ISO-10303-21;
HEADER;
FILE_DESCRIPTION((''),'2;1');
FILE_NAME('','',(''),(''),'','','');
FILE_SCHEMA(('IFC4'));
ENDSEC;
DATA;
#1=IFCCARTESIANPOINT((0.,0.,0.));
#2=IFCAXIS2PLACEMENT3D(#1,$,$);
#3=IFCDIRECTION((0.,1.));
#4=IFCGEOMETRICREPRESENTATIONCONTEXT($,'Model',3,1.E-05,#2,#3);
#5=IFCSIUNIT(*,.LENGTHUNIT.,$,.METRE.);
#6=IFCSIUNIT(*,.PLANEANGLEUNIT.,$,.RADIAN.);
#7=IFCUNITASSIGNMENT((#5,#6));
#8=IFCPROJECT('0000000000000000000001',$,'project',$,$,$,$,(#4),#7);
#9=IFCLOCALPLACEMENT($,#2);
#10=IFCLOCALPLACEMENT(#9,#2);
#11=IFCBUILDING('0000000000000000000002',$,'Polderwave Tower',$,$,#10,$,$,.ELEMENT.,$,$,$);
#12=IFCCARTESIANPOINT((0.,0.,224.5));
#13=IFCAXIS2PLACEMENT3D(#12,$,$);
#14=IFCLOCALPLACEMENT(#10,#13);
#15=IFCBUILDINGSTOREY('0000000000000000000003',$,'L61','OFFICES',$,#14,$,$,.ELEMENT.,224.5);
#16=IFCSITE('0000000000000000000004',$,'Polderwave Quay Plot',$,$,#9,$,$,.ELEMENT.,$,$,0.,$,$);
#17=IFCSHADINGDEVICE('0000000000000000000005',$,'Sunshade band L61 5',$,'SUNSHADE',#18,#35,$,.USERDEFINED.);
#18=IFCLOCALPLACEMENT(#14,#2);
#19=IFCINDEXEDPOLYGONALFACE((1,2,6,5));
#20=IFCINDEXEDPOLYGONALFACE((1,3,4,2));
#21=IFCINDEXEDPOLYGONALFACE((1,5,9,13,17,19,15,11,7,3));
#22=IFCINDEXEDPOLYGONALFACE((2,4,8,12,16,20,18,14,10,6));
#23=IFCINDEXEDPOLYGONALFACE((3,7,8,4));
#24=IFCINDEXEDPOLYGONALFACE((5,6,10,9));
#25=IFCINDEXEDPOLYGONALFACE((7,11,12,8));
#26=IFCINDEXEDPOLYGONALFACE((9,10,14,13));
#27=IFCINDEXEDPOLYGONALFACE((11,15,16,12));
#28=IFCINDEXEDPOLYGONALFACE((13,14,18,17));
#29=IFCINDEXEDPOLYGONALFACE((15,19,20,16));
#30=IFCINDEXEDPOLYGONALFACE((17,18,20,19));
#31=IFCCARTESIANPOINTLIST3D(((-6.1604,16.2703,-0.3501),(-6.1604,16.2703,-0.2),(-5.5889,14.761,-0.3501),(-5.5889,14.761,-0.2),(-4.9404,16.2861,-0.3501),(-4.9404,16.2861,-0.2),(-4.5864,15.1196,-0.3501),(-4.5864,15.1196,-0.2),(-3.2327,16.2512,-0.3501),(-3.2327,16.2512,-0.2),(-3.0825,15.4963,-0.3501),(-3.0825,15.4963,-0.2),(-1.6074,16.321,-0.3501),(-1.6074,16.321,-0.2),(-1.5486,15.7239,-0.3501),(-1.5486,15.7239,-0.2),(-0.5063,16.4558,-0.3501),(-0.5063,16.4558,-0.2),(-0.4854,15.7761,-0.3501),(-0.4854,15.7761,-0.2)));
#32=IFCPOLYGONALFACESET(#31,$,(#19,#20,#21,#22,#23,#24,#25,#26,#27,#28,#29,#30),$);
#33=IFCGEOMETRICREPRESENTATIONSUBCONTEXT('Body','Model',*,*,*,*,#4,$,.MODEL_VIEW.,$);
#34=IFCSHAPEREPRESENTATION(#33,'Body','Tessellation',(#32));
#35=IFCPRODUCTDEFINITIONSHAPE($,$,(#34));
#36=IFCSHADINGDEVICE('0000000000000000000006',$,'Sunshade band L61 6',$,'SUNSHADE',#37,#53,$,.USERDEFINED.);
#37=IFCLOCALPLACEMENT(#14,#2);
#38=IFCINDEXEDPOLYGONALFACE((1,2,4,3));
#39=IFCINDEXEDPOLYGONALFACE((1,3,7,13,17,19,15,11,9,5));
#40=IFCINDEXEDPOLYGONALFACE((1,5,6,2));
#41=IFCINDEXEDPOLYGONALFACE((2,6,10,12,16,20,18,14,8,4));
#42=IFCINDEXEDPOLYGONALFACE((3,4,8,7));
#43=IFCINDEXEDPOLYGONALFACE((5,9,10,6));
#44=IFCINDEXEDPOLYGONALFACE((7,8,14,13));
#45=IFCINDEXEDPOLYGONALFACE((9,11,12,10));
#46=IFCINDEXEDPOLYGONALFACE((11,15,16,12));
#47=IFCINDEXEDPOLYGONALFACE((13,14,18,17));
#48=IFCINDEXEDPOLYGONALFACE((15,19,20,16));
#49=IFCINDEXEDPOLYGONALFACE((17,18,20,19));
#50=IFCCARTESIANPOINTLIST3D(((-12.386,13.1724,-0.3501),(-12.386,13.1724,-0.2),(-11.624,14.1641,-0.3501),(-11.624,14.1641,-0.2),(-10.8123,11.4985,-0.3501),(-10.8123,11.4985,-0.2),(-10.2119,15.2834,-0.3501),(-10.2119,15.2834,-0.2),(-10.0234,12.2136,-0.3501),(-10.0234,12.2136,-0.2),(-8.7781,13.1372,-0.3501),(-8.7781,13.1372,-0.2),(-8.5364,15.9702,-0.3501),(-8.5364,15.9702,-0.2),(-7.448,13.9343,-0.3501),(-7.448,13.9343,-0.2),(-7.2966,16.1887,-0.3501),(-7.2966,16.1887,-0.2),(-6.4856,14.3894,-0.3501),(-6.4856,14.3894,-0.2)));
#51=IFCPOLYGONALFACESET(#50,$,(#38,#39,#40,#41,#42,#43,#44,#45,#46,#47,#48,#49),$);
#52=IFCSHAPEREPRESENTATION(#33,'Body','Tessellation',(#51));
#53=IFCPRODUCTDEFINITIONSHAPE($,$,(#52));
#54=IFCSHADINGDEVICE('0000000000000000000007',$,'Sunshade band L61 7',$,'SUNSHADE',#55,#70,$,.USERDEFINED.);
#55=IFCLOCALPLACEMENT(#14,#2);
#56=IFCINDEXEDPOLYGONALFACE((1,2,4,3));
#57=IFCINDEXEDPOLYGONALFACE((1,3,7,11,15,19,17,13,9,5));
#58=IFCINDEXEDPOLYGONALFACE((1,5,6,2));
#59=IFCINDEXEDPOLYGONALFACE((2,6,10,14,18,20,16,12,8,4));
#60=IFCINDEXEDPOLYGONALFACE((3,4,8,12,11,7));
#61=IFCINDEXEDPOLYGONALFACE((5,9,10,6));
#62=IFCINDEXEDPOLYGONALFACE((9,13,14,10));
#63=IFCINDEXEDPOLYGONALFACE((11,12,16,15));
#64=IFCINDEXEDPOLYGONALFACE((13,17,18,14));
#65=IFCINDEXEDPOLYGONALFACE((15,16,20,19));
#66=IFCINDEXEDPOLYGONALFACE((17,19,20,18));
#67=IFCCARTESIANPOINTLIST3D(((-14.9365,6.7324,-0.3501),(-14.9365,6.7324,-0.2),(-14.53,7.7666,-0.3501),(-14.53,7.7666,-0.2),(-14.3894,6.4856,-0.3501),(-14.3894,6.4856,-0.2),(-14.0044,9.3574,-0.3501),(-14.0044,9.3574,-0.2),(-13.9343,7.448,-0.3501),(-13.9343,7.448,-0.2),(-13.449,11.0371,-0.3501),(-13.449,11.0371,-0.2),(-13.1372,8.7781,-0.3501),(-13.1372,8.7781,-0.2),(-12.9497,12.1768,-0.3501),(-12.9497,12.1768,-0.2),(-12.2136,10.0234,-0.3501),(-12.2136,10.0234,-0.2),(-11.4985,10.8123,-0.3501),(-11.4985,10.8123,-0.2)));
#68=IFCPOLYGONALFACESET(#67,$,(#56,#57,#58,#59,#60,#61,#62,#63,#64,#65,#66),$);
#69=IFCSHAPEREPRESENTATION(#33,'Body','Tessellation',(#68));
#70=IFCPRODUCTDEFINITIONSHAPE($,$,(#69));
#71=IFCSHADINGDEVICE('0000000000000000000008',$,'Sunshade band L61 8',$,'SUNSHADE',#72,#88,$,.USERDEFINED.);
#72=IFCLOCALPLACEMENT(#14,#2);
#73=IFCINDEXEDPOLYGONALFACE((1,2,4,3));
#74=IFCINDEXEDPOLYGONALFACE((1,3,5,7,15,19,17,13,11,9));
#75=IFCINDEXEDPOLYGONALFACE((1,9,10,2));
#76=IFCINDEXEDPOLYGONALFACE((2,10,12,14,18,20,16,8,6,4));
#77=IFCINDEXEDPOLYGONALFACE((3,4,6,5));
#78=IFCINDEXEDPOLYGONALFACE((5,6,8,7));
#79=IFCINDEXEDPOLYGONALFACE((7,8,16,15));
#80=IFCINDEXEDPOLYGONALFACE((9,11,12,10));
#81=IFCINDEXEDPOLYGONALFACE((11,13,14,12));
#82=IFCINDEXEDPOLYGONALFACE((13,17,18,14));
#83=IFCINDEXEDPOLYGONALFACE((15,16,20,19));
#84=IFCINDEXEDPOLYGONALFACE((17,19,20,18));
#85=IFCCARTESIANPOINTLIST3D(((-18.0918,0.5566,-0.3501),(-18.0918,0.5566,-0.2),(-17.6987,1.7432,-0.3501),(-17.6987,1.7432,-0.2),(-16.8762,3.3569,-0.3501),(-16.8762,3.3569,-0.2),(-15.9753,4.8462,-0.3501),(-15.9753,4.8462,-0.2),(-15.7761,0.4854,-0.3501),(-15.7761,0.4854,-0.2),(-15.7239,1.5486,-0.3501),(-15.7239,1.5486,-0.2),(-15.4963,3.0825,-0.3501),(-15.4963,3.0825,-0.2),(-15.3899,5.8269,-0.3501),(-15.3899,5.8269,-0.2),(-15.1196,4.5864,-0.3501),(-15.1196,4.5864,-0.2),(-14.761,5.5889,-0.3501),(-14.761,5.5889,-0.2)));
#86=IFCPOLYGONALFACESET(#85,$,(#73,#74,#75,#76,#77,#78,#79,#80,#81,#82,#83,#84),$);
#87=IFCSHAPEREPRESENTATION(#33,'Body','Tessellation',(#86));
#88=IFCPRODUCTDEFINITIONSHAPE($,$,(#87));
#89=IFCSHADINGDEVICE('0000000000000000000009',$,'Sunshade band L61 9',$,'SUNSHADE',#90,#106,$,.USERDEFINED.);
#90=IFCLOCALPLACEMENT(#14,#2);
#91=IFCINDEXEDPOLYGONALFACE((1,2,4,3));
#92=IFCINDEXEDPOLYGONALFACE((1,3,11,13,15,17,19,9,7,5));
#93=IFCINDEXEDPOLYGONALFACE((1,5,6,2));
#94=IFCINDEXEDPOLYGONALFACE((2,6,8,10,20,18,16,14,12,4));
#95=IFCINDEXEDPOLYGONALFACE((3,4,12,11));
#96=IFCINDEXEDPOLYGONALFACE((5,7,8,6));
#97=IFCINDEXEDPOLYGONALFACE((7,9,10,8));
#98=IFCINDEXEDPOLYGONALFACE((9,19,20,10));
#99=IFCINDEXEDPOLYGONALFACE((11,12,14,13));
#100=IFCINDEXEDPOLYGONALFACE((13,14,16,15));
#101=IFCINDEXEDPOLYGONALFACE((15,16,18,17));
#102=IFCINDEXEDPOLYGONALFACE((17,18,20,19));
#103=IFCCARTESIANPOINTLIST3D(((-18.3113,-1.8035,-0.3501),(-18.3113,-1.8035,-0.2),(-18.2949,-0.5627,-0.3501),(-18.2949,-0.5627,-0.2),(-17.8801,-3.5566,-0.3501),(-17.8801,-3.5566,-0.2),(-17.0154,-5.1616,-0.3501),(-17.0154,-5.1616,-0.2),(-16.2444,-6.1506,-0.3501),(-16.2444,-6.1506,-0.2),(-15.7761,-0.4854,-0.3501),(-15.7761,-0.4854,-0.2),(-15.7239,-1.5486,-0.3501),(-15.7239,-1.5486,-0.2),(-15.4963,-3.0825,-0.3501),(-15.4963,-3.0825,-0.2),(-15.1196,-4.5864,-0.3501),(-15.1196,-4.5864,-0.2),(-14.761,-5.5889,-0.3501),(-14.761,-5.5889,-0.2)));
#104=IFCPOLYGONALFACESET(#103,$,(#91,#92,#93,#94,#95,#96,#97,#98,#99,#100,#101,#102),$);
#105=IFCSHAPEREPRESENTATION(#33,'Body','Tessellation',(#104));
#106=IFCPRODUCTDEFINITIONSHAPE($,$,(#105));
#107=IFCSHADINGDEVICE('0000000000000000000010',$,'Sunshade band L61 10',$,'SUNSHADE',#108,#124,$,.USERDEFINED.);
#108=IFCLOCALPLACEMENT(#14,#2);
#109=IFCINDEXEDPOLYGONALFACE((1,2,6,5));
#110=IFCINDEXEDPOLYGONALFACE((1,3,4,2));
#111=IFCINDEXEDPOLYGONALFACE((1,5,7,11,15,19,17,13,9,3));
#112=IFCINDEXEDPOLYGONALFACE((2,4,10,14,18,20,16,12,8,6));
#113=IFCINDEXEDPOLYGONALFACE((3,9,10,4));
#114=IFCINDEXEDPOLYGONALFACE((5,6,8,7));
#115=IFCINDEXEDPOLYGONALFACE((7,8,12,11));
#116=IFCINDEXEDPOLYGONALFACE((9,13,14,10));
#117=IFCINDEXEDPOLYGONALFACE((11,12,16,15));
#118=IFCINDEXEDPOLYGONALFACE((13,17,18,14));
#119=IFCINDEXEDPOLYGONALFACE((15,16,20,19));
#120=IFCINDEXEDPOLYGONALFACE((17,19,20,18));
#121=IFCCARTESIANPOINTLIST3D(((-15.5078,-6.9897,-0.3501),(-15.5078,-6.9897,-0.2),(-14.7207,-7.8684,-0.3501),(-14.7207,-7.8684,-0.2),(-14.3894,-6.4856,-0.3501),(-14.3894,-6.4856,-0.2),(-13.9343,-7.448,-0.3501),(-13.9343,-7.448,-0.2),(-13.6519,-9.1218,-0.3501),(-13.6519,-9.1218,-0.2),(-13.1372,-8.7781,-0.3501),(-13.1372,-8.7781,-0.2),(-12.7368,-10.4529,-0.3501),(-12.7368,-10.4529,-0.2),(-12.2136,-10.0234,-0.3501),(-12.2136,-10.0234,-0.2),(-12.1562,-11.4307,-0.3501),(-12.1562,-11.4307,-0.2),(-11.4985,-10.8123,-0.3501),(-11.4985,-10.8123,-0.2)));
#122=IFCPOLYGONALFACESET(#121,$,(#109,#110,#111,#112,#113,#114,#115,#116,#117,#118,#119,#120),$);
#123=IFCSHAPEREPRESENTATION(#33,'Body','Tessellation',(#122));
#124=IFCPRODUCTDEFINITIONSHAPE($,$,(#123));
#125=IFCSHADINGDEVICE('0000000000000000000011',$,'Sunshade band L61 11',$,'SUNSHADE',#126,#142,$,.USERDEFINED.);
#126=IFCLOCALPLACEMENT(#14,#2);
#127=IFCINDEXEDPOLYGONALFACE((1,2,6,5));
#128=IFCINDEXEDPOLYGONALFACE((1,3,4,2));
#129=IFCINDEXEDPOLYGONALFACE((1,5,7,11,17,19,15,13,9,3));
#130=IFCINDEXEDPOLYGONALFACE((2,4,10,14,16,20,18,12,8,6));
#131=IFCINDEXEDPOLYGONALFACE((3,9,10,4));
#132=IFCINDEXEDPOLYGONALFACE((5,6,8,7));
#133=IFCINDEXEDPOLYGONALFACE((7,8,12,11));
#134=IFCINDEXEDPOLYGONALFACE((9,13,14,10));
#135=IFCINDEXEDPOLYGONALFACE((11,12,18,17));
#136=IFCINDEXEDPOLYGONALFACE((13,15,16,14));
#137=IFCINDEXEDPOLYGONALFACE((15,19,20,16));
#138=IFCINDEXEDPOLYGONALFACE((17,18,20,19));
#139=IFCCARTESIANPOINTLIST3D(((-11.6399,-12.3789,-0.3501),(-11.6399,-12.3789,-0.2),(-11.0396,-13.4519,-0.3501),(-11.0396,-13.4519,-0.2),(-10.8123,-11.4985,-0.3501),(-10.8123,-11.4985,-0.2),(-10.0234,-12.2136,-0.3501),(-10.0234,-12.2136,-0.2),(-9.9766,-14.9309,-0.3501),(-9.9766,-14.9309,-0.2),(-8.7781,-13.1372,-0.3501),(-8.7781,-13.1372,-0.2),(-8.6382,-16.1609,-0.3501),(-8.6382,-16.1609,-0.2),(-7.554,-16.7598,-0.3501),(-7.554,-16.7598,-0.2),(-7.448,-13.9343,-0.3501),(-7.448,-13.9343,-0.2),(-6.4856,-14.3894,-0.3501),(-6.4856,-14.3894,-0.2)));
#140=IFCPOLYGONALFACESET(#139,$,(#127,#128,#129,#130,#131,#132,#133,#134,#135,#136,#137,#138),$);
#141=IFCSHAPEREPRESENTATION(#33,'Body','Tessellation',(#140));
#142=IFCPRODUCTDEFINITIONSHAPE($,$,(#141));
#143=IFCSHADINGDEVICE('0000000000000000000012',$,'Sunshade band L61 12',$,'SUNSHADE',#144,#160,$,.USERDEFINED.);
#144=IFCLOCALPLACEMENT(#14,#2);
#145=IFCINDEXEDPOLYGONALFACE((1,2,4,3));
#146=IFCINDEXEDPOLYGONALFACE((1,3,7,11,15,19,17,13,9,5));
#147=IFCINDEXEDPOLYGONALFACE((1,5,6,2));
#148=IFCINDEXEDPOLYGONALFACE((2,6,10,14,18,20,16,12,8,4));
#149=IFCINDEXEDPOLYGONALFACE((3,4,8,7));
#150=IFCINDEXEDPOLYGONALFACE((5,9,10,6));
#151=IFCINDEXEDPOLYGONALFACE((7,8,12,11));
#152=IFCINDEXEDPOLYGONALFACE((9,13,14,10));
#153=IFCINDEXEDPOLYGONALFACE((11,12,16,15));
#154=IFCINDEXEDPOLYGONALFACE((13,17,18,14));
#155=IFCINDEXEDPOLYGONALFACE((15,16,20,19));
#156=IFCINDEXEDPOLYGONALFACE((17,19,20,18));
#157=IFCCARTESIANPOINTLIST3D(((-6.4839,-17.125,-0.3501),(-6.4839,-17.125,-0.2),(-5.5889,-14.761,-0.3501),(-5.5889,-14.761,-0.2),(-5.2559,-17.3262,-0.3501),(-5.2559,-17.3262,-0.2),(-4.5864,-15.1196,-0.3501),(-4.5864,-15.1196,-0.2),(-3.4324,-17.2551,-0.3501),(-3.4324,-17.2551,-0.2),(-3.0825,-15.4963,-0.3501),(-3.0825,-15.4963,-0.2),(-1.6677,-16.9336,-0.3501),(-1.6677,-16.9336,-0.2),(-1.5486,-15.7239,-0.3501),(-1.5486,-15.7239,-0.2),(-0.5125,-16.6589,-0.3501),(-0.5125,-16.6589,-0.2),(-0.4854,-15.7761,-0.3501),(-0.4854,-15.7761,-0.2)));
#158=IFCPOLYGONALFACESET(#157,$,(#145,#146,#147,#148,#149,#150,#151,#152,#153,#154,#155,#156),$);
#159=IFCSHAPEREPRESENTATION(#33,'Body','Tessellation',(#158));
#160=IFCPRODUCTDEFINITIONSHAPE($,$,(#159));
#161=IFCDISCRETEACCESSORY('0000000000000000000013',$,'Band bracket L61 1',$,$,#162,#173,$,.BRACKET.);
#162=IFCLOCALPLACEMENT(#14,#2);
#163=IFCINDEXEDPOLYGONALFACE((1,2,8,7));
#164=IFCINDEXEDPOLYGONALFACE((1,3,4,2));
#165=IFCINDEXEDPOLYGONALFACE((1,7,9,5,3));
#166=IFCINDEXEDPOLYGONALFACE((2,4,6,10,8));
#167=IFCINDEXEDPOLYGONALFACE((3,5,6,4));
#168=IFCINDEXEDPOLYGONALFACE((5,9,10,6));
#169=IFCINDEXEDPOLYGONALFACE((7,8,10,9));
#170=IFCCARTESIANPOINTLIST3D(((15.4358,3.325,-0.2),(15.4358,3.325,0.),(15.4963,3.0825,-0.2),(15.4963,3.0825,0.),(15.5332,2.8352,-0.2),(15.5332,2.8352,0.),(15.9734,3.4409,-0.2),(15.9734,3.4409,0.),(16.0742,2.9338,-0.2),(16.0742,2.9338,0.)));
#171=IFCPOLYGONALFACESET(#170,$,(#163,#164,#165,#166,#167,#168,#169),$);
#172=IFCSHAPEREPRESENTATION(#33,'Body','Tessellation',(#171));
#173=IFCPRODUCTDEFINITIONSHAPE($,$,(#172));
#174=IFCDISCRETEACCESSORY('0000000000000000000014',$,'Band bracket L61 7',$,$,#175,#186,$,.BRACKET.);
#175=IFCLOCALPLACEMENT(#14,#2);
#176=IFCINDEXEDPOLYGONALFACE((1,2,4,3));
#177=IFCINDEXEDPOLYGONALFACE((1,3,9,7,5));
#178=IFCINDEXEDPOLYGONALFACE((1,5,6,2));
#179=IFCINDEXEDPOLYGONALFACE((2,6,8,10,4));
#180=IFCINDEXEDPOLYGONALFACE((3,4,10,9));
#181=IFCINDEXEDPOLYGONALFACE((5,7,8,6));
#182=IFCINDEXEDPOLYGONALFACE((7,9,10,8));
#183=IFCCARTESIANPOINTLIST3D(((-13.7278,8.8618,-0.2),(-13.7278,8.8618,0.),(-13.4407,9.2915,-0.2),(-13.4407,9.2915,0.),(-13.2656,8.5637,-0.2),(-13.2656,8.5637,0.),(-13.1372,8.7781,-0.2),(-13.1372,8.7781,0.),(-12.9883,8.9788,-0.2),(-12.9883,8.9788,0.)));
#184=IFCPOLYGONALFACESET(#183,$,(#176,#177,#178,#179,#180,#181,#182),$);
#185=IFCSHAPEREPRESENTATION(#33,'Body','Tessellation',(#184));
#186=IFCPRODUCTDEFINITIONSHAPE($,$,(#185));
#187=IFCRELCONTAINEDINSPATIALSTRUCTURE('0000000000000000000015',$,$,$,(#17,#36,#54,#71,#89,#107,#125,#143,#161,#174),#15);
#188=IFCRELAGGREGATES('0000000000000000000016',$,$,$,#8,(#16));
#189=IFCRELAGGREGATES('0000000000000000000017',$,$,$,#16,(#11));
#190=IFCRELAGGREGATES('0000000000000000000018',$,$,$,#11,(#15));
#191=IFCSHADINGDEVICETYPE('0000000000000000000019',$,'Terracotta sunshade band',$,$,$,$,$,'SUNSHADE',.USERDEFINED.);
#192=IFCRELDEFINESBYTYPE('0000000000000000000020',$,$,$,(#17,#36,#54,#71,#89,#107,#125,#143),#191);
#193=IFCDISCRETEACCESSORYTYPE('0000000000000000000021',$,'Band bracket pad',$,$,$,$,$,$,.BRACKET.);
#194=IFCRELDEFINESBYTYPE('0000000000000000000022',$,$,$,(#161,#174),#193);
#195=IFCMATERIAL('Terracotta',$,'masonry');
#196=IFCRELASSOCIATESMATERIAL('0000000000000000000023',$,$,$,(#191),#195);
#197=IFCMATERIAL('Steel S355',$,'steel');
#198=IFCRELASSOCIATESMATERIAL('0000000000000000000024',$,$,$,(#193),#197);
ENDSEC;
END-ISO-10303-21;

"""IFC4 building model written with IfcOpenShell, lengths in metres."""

from ifc_helpers import new_model, si_unit, direction, frame, origin, place, context, subcontext, project, spatial, polyline, outline, extrude, material, type_object, element, save


model = new_model("IFC4")

# Units and contexts
model_context = context("Model", 3, precision=1e-05, world=origin(), true_north=direction((0.0, 1.0)))
body_context = subcontext(model_context, "Body", "Model", "MODEL_VIEW")
ifc_project = project(units=[si_unit("LENGTHUNIT", "METRE"), si_unit("PLANEANGLEUNIT", "RADIAN")], contexts=[model_context])

# Site, building, storey
site_placement = place(None, origin())
site = spatial("IfcSite", under=ifc_project, at=site_placement, Name="Polderwave Quay Plot", CompositionType="ELEMENT", RefElevation=0.0)
building_placement = place(site_placement, origin())
building = spatial("IfcBuilding", under=site, at=building_placement, Name="Polderwave Tower", CompositionType="ELEMENT")
storey_placement = place(building_placement, frame((0.0, 0.0, 224.5)))
storey = spatial("IfcBuildingStorey", under=building, at=storey_placement, Name="L61", Description="OFFICES", CompositionType="ELEMENT", Elevation=224.5)

# Shading devices
ifc_material_1 = material(Name="Terracotta", Category="masonry")
shading_device_type = type_object("IfcShadingDeviceType", Name="Terracotta sunshade band", ElementType="SUNSHADE", PredefinedType="USERDEFINED", material=ifc_material_1)
shading_device_1_placement = place(storey_placement, frame((0.0, 0.0, -0.3501)))
element("IfcShadingDevice", 1, at=shading_device_1_placement, inside=storey, type_object=shading_device_type, Name="Sunshade band L61 5", ObjectType="SUNSHADE", PredefinedType="USERDEFINED", context=body_context, shape_type="SweptSolid", body=[
    extrude(outline(polyline([(-0.4854, 15.7761), (-1.5486, 15.7239), (-3.0825, 15.4963), (-4.5864, 15.1196), (-5.5889, 14.761), (-6.1604, 16.2703), (-4.9404, 16.2861), (-3.2327, 16.2512), (-1.6074, 16.321), (-0.5063, 16.4558), (-0.4854, 15.7761)])), origin(), (0.0, 0.0, 1.0), 0.1501),
])
shading_device_2_placement = place(storey_placement, frame((0.0, 0.0, -0.3501)))
element("IfcShadingDevice", 2, at=shading_device_2_placement, inside=storey, type_object=shading_device_type, Name="Sunshade band L61 6", ObjectType="SUNSHADE", PredefinedType="USERDEFINED", context=body_context, shape_type="SweptSolid", body=[
    extrude(outline(polyline([(-6.4856, 14.3894), (-7.448, 13.9343), (-8.7781, 13.1372), (-10.0234, 12.2136), (-10.8123, 11.4985), (-12.386, 13.1724), (-11.624, 14.1641), (-10.2119, 15.2834), (-8.5364, 15.9702), (-7.2966, 16.1887), (-6.4856, 14.3894)])), origin(), (0.0, 0.0, 1.0), 0.1501),
])
shading_device_3_placement = place(storey_placement, frame((0.0, 0.0, -0.3501)))
element("IfcShadingDevice", 3, at=shading_device_3_placement, inside=storey, type_object=shading_device_type, Name="Sunshade band L61 7", ObjectType="SUNSHADE", PredefinedType="USERDEFINED", context=body_context, shape_type="SweptSolid", body=[
    extrude(outline(polyline([(-11.4985, 10.8123), (-12.2136, 10.0234), (-13.1372, 8.7781), (-13.9343, 7.448), (-14.3894, 6.4856), (-14.9365, 6.7324), (-14.53, 7.7666), (-14.0044, 9.3574), (-13.449, 11.0371), (-12.9497, 12.1768), (-11.4985, 10.8123)])), origin(), (0.0, 0.0, 1.0), 0.1501),
])
shading_device_4_placement = place(storey_placement, frame((0.0, 0.0, -0.3501)))
element("IfcShadingDevice", 4, at=shading_device_4_placement, inside=storey, type_object=shading_device_type, Name="Sunshade band L61 8", ObjectType="SUNSHADE", PredefinedType="USERDEFINED", context=body_context, shape_type="SweptSolid", body=[
    extrude(outline(polyline([(-14.761, 5.5889), (-15.1196, 4.5864), (-15.4963, 3.0825), (-15.7239, 1.5486), (-15.7761, 0.4854), (-18.0918, 0.5566), (-17.6987, 1.7432), (-16.8762, 3.3569), (-15.9753, 4.8462), (-15.3899, 5.8269), (-14.761, 5.5889)])), origin(), (0.0, 0.0, 1.0), 0.1501),
])
shading_device_5_placement = place(storey_placement, frame((0.0, 0.0, -0.3501)))
element("IfcShadingDevice", 5, at=shading_device_5_placement, inside=storey, type_object=shading_device_type, Name="Sunshade band L61 9", ObjectType="SUNSHADE", PredefinedType="USERDEFINED", context=body_context, shape_type="SweptSolid", body=[
    extrude(outline(polyline([(-15.7761, -0.4854), (-15.7239, -1.5486), (-15.4963, -3.0825), (-15.1196, -4.5864), (-14.761, -5.5889), (-16.2444, -6.1506), (-17.0154, -5.1616), (-17.8801, -3.5566), (-18.3113, -1.8035), (-18.2949, -0.5627), (-15.7761, -0.4854)])), origin(), (0.0, 0.0, 1.0), 0.1501),
])
shading_device_6_placement = place(storey_placement, frame((0.0, 0.0, -0.3501)))
element("IfcShadingDevice", 6, at=shading_device_6_placement, inside=storey, type_object=shading_device_type, Name="Sunshade band L61 10", ObjectType="SUNSHADE", PredefinedType="USERDEFINED", context=body_context, shape_type="SweptSolid", body=[
    extrude(outline(polyline([(-14.3894, -6.4856), (-13.9343, -7.448), (-13.1372, -8.7781), (-12.2136, -10.0234), (-11.4985, -10.8123), (-12.1562, -11.4307), (-12.7368, -10.4529), (-13.6519, -9.1218), (-14.7207, -7.8684), (-15.5078, -6.9897), (-14.3894, -6.4856)])), origin(), (0.0, 0.0, 1.0), 0.1501),
])
shading_device_7_placement = place(storey_placement, frame((0.0, 0.0, -0.3501)))
element("IfcShadingDevice", 7, at=shading_device_7_placement, inside=storey, type_object=shading_device_type, Name="Sunshade band L61 11", ObjectType="SUNSHADE", PredefinedType="USERDEFINED", context=body_context, shape_type="SweptSolid", body=[
    extrude(outline(polyline([(-10.8123, -11.4985), (-10.0234, -12.2136), (-8.7781, -13.1372), (-7.448, -13.9343), (-6.4856, -14.3894), (-7.554, -16.7598), (-8.6382, -16.1609), (-9.9766, -14.9309), (-11.0396, -13.4519), (-11.6399, -12.3789), (-10.8123, -11.4985)])), origin(), (0.0, 0.0, 1.0), 0.1501),
])
shading_device_8_placement = place(storey_placement, frame((0.0, 0.0, -0.3501)))
element("IfcShadingDevice", 8, at=shading_device_8_placement, inside=storey, type_object=shading_device_type, Name="Sunshade band L61 12", ObjectType="SUNSHADE", PredefinedType="USERDEFINED", context=body_context, shape_type="SweptSolid", body=[
    extrude(outline(polyline([(-5.5889, -14.761), (-4.5864, -15.1196), (-3.0825, -15.4963), (-1.5486, -15.7239), (-0.4854, -15.7761), (-0.5125, -16.6589), (-1.6677, -16.9336), (-3.4324, -17.2551), (-5.2559, -17.3262), (-6.4839, -17.125), (-5.5889, -14.761)])), origin(), (0.0, 0.0, 1.0), 0.1501),
])

# Discrete accessories
ifc_material_2 = material(Name="Steel S355", Category="steel")
discrete_accessory_type = type_object("IfcDiscreteAccessoryType", Name="Band bracket pad", PredefinedType="BRACKET", material=ifc_material_2)
discrete_accessory_1_placement = place(storey_placement, frame((0.0, 0.0, -0.2)))
element("IfcDiscreteAccessory", 9, at=discrete_accessory_1_placement, inside=storey, type_object=discrete_accessory_type, Name="Band bracket L61 1", PredefinedType="BRACKET", context=body_context, shape_type="SweptSolid", body=[
    extrude(outline(polyline([(15.5332, 2.8352), (15.4963, 3.0825), (15.4358, 3.325), (15.9734, 3.4409), (16.0742, 2.9338), (15.5332, 2.8352)])), origin(), (0.0, 0.0, 1.0), 0.2),
])
discrete_accessory_2_placement = place(storey_placement, frame((0.0, 0.0, -0.2)))
element("IfcDiscreteAccessory", 10, at=discrete_accessory_2_placement, inside=storey, type_object=discrete_accessory_type, Name="Band bracket L61 7", PredefinedType="BRACKET", context=body_context, shape_type="SweptSolid", body=[
    extrude(outline(polyline([(-12.9883, 8.9788), (-13.1372, 8.7781), (-13.2656, 8.5637), (-13.7278, 8.8618), (-13.4407, 9.2915), (-12.9883, 8.9788)])), origin(), (0.0, 0.0, 1.0), 0.2),
])

save(model, "model.ifc")
